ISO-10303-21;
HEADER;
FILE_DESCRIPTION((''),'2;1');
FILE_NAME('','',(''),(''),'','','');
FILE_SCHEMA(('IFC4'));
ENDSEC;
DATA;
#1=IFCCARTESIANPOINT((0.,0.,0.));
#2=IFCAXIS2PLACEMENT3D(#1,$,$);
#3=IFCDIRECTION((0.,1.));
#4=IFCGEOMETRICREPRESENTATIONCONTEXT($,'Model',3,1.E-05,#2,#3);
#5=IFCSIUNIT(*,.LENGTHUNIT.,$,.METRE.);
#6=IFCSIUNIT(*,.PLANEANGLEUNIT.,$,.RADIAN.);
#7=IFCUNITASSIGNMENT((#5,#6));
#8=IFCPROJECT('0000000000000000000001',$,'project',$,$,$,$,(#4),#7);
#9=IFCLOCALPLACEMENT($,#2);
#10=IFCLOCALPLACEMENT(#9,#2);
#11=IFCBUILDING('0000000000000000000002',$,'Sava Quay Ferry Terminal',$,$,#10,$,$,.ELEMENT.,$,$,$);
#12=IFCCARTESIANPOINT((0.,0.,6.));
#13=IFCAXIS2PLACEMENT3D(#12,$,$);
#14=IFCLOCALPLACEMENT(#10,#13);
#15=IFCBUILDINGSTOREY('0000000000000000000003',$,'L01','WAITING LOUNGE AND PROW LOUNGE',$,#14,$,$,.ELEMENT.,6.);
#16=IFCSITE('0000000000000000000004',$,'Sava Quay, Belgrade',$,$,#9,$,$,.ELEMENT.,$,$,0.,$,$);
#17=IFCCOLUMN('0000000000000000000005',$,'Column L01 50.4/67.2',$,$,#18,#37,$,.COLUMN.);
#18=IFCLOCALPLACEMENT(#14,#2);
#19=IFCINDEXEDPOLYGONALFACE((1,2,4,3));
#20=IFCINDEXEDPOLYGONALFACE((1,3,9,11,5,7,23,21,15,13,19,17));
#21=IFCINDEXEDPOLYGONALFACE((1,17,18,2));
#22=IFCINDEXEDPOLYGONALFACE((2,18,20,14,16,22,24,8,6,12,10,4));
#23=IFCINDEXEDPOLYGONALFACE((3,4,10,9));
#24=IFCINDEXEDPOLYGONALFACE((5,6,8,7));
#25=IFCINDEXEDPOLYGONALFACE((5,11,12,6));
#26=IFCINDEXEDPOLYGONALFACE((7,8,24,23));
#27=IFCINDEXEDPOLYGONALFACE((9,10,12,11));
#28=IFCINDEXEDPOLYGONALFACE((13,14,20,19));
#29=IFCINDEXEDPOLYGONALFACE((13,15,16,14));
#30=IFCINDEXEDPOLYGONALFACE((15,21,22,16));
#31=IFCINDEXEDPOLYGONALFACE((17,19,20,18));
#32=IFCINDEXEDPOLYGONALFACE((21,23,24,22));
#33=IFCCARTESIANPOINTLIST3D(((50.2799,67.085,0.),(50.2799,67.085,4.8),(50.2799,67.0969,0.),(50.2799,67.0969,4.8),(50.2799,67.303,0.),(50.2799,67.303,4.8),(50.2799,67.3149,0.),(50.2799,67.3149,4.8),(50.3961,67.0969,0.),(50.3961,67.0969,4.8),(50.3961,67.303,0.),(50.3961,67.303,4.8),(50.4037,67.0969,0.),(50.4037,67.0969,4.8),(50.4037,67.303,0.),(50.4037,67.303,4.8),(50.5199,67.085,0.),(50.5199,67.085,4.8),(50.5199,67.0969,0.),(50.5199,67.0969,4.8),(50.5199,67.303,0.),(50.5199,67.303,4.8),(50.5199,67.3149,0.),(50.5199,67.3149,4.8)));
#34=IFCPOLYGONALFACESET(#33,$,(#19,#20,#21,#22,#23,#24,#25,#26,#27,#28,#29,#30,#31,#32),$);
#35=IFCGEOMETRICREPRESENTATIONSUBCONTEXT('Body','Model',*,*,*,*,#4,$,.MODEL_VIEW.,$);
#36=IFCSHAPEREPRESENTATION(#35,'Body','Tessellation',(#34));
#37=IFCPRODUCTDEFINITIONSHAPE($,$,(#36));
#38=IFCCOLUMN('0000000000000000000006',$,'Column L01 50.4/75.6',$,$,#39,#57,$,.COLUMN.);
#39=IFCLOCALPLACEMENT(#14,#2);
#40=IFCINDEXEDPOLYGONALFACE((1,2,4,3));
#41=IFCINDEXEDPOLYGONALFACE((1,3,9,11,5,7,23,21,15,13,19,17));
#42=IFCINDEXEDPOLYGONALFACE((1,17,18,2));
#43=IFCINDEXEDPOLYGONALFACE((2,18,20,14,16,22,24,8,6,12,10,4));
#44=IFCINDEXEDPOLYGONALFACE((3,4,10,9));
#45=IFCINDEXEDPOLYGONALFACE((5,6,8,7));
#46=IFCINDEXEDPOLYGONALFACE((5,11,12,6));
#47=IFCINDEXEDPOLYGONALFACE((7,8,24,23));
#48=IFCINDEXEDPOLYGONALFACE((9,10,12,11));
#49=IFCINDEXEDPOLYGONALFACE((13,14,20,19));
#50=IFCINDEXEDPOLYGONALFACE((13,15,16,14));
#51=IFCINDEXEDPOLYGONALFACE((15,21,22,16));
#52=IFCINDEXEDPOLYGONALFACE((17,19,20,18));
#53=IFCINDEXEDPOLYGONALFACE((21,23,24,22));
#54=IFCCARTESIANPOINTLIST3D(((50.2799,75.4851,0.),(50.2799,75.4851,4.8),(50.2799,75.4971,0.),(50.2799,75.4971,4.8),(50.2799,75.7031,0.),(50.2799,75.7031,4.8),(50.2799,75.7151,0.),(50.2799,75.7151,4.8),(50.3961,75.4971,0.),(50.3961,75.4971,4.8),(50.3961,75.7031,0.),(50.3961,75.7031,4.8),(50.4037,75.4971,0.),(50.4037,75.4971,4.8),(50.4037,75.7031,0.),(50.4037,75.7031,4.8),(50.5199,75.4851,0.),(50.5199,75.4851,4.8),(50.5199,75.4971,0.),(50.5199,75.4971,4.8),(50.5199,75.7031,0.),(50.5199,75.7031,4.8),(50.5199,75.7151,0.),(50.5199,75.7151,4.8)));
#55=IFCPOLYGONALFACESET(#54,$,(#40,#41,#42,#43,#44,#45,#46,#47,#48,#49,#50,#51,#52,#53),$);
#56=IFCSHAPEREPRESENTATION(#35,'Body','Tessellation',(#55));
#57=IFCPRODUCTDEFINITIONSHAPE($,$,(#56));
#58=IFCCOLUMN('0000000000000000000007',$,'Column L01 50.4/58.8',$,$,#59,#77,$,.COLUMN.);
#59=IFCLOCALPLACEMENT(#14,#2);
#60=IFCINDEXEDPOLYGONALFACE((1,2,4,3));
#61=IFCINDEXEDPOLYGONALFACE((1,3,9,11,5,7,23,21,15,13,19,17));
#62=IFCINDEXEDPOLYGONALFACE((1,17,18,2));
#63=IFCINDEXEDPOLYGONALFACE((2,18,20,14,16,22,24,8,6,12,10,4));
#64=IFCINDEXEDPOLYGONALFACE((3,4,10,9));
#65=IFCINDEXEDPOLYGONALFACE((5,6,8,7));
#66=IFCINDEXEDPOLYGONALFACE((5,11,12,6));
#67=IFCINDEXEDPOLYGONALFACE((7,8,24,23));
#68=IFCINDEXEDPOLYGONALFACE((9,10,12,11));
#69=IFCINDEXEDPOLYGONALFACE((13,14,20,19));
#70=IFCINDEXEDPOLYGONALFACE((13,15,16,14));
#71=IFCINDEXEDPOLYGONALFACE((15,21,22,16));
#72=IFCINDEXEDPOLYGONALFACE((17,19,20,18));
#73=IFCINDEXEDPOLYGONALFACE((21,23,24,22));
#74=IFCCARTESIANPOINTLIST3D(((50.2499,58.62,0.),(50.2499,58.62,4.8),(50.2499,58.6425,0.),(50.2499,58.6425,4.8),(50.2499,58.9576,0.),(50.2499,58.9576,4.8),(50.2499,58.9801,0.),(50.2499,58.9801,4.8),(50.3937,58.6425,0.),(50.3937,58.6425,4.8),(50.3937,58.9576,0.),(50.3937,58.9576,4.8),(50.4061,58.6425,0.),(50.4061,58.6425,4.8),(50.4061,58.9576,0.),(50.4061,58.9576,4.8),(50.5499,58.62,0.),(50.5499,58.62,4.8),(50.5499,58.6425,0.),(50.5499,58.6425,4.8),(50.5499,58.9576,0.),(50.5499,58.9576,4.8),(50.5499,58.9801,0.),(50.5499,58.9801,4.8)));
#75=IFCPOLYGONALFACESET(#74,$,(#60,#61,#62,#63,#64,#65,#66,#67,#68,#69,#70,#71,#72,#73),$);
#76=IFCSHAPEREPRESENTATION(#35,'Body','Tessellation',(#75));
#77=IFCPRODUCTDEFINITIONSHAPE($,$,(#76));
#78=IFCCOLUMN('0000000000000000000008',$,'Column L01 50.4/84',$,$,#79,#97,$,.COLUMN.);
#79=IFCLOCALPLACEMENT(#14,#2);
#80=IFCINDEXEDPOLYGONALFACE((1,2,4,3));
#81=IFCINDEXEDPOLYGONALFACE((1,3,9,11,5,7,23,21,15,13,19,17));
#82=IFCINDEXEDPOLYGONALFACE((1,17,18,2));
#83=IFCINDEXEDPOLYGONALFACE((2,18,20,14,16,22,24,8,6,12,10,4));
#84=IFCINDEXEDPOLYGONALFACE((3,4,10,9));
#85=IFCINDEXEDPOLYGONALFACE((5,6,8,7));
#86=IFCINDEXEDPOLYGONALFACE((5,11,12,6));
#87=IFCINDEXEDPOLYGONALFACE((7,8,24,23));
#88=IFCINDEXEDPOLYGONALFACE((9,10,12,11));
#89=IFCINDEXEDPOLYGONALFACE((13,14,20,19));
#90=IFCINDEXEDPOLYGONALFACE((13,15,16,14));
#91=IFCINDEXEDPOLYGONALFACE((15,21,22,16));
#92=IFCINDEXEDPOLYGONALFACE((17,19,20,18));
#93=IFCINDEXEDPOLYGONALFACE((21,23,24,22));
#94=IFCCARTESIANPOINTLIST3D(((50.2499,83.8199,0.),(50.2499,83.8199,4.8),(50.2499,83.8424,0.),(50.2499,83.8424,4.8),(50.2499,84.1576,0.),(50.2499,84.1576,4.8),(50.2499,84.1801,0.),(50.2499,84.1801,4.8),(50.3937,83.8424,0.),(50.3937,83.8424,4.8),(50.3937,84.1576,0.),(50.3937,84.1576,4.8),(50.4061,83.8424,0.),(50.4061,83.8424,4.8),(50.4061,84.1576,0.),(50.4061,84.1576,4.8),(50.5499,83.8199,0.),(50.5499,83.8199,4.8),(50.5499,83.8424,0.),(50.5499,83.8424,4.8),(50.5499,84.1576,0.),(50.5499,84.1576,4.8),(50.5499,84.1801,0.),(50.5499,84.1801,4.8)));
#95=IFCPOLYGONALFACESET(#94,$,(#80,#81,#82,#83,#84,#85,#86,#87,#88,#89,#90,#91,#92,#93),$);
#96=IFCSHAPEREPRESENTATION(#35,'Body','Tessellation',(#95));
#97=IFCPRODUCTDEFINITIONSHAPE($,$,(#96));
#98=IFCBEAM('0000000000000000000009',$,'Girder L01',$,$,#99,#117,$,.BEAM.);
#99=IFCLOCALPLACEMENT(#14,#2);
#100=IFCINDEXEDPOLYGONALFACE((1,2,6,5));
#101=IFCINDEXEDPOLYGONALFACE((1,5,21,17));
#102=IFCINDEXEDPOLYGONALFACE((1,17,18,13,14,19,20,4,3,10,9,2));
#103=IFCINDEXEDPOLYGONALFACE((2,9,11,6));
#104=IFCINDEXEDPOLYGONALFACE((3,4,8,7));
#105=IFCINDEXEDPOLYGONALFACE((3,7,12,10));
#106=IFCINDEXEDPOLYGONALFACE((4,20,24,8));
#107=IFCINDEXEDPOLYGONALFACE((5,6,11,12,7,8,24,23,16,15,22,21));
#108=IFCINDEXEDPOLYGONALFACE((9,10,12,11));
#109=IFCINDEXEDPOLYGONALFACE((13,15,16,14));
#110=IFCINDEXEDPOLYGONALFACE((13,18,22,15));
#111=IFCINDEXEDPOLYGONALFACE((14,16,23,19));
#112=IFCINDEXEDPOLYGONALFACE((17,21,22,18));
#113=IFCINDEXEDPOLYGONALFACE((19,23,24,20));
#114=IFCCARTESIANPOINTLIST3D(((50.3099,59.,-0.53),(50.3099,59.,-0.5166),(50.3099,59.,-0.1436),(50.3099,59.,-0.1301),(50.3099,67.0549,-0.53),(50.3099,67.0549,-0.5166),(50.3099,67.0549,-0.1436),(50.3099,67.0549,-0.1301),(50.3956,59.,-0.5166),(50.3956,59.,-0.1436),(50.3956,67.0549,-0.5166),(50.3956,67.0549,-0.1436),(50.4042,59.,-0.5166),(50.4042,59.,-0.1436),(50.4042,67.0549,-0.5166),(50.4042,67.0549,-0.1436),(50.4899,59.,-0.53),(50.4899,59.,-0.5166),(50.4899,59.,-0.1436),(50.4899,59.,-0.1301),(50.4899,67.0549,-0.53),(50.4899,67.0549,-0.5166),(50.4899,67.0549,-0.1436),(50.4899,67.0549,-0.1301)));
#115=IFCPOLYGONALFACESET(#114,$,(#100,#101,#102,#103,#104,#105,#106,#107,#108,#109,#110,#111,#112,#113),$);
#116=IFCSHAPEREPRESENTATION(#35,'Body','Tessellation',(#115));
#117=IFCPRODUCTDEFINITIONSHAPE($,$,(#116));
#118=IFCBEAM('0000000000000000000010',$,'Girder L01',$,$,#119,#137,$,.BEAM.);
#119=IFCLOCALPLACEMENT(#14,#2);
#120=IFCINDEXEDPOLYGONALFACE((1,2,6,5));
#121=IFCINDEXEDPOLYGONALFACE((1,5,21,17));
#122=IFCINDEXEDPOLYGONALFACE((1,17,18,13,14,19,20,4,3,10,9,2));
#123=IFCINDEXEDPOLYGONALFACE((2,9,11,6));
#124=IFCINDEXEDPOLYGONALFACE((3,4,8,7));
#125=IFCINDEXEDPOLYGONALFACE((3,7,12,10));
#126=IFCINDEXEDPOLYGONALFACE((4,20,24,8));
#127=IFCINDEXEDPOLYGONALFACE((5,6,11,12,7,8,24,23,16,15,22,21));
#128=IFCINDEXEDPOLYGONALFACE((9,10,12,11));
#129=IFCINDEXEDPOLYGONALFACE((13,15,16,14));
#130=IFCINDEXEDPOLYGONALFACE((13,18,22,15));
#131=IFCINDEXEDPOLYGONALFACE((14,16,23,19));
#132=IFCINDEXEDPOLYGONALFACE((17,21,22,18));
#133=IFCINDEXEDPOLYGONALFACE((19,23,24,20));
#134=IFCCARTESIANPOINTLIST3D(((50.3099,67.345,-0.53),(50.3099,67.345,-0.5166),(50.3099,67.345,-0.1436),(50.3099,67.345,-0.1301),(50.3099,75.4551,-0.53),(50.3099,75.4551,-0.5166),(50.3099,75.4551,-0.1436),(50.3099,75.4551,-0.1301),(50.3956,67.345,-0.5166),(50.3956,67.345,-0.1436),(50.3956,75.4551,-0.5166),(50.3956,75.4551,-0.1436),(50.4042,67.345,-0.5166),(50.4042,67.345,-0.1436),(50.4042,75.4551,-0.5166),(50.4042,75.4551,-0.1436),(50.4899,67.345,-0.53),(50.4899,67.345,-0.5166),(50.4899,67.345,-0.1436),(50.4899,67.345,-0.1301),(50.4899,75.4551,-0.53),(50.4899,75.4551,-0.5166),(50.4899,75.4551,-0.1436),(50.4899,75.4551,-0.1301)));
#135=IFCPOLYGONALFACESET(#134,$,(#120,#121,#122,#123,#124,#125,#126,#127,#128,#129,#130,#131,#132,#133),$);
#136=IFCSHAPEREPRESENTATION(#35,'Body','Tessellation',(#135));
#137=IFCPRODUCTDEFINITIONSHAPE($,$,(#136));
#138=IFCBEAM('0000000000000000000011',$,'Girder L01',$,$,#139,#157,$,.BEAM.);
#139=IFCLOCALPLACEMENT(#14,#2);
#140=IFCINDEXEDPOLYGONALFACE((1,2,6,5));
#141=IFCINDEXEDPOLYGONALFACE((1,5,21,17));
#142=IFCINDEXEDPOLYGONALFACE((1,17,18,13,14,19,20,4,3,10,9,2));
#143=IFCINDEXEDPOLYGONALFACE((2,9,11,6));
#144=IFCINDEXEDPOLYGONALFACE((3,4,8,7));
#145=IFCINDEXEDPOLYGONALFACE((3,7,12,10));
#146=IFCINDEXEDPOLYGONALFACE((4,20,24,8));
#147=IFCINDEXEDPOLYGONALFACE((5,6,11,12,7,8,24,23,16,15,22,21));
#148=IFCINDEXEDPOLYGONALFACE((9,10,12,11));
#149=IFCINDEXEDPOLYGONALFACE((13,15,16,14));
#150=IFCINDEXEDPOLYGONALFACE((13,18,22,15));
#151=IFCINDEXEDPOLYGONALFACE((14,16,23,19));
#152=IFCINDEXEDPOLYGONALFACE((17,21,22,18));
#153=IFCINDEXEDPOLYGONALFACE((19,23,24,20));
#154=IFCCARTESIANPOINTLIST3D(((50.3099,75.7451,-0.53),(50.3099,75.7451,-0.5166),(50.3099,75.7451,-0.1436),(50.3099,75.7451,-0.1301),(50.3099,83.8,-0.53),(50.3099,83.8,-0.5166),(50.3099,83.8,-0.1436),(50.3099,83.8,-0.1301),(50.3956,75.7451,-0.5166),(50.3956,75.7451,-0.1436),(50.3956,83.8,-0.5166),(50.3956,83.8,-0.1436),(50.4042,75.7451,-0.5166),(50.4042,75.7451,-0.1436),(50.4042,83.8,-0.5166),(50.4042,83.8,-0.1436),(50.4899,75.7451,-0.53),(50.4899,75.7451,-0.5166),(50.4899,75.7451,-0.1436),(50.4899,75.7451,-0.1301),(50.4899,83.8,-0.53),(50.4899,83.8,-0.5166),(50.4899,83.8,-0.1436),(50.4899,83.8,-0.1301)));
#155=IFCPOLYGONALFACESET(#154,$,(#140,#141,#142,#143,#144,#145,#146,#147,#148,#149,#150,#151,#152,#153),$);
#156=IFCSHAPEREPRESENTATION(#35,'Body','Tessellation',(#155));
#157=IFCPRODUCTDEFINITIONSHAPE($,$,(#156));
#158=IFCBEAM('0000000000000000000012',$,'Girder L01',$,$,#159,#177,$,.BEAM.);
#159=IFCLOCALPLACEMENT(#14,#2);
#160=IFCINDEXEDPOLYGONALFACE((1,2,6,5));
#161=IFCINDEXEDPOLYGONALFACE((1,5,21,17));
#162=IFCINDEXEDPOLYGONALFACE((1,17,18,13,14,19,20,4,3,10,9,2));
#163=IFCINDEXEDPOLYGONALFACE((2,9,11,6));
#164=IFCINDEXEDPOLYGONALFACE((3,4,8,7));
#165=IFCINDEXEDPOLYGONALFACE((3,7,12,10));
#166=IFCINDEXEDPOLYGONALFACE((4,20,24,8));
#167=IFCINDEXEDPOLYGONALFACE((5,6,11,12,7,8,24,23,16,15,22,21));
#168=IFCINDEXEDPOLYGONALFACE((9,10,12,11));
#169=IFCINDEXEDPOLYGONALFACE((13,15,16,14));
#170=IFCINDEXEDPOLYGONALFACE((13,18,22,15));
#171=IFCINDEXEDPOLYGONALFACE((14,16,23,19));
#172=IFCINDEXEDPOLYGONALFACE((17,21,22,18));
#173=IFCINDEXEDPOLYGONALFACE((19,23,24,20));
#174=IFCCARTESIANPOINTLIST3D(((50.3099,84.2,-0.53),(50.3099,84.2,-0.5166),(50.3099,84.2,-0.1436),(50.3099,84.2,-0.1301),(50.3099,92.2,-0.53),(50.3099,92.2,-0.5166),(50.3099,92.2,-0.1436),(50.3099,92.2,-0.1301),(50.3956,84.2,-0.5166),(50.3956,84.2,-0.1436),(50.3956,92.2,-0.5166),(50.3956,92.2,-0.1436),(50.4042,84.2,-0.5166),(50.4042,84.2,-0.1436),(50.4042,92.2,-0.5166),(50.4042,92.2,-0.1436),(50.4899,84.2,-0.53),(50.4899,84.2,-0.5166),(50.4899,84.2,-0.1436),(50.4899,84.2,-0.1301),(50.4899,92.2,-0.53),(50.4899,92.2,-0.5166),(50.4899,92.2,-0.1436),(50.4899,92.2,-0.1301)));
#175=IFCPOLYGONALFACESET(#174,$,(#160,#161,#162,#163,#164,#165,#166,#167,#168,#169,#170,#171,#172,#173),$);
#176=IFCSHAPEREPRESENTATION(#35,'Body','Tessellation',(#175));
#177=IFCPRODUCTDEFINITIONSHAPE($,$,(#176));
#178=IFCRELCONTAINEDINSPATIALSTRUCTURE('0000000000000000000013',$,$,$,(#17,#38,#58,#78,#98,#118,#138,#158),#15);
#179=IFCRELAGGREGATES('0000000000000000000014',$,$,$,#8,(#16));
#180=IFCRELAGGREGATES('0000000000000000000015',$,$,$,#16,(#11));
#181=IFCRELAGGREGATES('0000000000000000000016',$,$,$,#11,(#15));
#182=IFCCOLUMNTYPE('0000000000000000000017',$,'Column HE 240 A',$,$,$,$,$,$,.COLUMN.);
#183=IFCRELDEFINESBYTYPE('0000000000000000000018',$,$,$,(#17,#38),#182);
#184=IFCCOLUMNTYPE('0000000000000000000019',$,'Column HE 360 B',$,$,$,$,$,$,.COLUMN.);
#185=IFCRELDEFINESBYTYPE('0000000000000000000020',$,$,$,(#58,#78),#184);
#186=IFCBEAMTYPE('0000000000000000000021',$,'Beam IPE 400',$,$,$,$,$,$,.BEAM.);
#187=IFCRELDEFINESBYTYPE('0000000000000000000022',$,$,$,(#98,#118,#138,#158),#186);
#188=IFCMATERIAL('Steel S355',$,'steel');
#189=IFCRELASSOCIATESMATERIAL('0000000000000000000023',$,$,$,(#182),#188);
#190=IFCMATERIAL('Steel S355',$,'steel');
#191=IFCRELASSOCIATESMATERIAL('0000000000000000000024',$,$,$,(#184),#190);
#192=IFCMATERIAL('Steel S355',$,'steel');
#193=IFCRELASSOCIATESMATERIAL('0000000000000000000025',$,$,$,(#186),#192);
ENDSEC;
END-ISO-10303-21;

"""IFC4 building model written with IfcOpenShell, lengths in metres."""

from ifc_helpers import new_model, si_unit, direction, frame, origin, origin_2d, place, context, subcontext, project, spatial, i_section, extrude, material, material_profile, profile_set, type_object, element, save


model = new_model("IFC4")

# Units and contexts
model_context = context("Model", 3, precision=1e-05, world=origin(), true_north=direction((0.0, 1.0)))
body_context = subcontext(model_context, "Body", "Model", "MODEL_VIEW")
ifc_project = project(units=[si_unit("LENGTHUNIT", "METRE"), si_unit("PLANEANGLEUNIT", "RADIAN")], contexts=[model_context])

# Site, building, storey
site_placement = place(None, origin())
site = spatial("IfcSite", under=ifc_project, at=site_placement, Name="Sava Quay, Belgrade", CompositionType="ELEMENT", RefElevation=0.0)
building_placement = place(site_placement, origin())
building = spatial("IfcBuilding", under=site, at=building_placement, Name="Sava Quay Ferry Terminal", CompositionType="ELEMENT")
storey_placement = place(building_placement, frame((0.0, 0.0, 6.0)))
storey = spatial("IfcBuildingStorey", under=building, at=storey_placement, Name="L01", Description="WAITING LOUNGE AND PROW LOUNGE", CompositionType="ELEMENT", Elevation=6.0)

# Columns
ifc_material_1 = material(Name="Steel S355", Category="steel")
ifc_material_profile_1 = material_profile(ifc_material_1, i_section(OverallWidth=0.24, OverallDepth=0.23, WebThickness=0.0076, FlangeThickness=0.012, at=origin_2d()), Name="HE 240 A")
ifc_profile_set_1 = profile_set([ifc_material_profile_1], Name="Steel S355")
column_type_1 = type_object("IfcColumnType", Name="Column HE 240 A", PredefinedType="COLUMN", material=ifc_profile_set_1)
for number, where, z_axis, x_axis, name in (
    (1, (50.3999, 67.2, 0.0), (0.0, 0.0, 1.0), (1.0, 0.0, 0.0), "Column L01 50.4/67.2"),
    (2, (50.3999, 75.6001, 0.0), (0.0, 0.0, 1.0), (1.0, 0.0, 0.0), "Column L01 50.4/75.6"),
):
    element("IfcColumn", number, at=place(storey_placement, frame(where, z_axis=z_axis, x_axis=x_axis)), inside=storey, type_object=column_type_1, Name=name, PredefinedType="COLUMN", context=body_context, shape_type="SweptSolid", body=[
        extrude(i_section(OverallWidth=0.24, OverallDepth=0.23, WebThickness=0.0076, FlangeThickness=0.012, at=origin_2d()), origin(), (0.0, 0.0, 1.0), 4.8),
    ])
ifc_material_2 = material(Name="Steel S355", Category="steel")
ifc_material_profile_2 = material_profile(ifc_material_2, i_section(OverallWidth=0.3, OverallDepth=0.3601, WebThickness=0.0125, FlangeThickness=0.0225, at=origin_2d()), Name="HE 360 B")
ifc_profile_set_2 = profile_set([ifc_material_profile_2], Name="Steel S355")
column_type_2 = type_object("IfcColumnType", Name="Column HE 360 B", PredefinedType="COLUMN", material=ifc_profile_set_2)
for number, where, z_axis, x_axis, name in (
    (3, (50.3999, 58.8, 0.0), (0.0, 0.0, 1.0), (1.0, 0.0, 0.0), "Column L01 50.4/58.8"),
    (4, (50.3999, 84.0, 0.0), (0.0, 0.0, 1.0), (1.0, 0.0, 0.0), "Column L01 50.4/84"),
):
    element("IfcColumn", number, at=place(storey_placement, frame(where, z_axis=z_axis, x_axis=x_axis)), inside=storey, type_object=column_type_2, Name=name, PredefinedType="COLUMN", context=body_context, shape_type="SweptSolid", body=[
        extrude(i_section(OverallWidth=0.3, OverallDepth=0.3601, WebThickness=0.0125, FlangeThickness=0.0225, at=origin_2d()), origin(), (0.0, 0.0, 1.0), 4.8),
    ])

# Beams
ifc_material_3 = material(Name="Steel S355", Category="steel")
ifc_material_profile_3 = material_profile(ifc_material_3, i_section(OverallWidth=0.1799, OverallDepth=0.3999, WebThickness=0.0085, FlangeThickness=0.0134, at=origin_2d()), Name="IPE 400")
ifc_profile_set_3 = profile_set([ifc_material_profile_3], Name="Steel S355")
beam_type_1 = type_object("IfcBeamType", Name="Beam IPE 400", PredefinedType="BEAM", material=ifc_profile_set_3)
beam_1_placement = place(storey_placement, frame((50.3999, 59.0, -0.3301), z_axis=(0.0, 1.0, 0.0), x_axis=(-1.0, 0.0, 0.0)))
element("IfcBeam", 5, at=beam_1_placement, inside=storey, type_object=beam_type_1, Name="Girder L01", PredefinedType="BEAM", context=body_context, shape_type="SweptSolid", body=[
    extrude(i_section(OverallWidth=0.1799, OverallDepth=0.3999, WebThickness=0.0085, FlangeThickness=0.0134, at=origin_2d()), origin(), (0.0, 0.0, 1.0), 8.0549),
])
beam_2_placement = place(storey_placement, frame((50.3999, 67.345, -0.3301), z_axis=(0.0, 1.0, 0.0), x_axis=(-1.0, 0.0, 0.0)))
element("IfcBeam", 6, at=beam_2_placement, inside=storey, type_object=beam_type_1, Name="Girder L01", PredefinedType="BEAM", context=body_context, shape_type="SweptSolid", body=[
    extrude(i_section(OverallWidth=0.1799, OverallDepth=0.3999, WebThickness=0.0085, FlangeThickness=0.0134, at=origin_2d()), origin(), (0.0, 0.0, 1.0), 8.1101),
])
beam_3_placement = place(storey_placement, frame((50.3999, 75.7451, -0.3301), z_axis=(0.0, 1.0, 0.0), x_axis=(-1.0, 0.0, 0.0)))
element("IfcBeam", 7, at=beam_3_placement, inside=storey, type_object=beam_type_1, Name="Girder L01", PredefinedType="BEAM", context=body_context, shape_type="SweptSolid", body=[
    extrude(i_section(OverallWidth=0.1799, OverallDepth=0.3999, WebThickness=0.0085, FlangeThickness=0.0134, at=origin_2d()), origin(), (0.0, 0.0, 1.0), 8.0549),
])
beam_4_placement = place(storey_placement, frame((50.3999, 84.2, -0.3301), z_axis=(0.0, 1.0, 0.0), x_axis=(-1.0, 0.0, 0.0)))
element("IfcBeam", 8, at=beam_4_placement, inside=storey, type_object=beam_type_1, Name="Girder L01", PredefinedType="BEAM", context=body_context, shape_type="SweptSolid", body=[
    extrude(i_section(OverallWidth=0.1799, OverallDepth=0.3999, WebThickness=0.0085, FlangeThickness=0.0134, at=origin_2d()), origin(), (0.0, 0.0, 1.0), 8.0),
])

save(model, "model.ifc")
